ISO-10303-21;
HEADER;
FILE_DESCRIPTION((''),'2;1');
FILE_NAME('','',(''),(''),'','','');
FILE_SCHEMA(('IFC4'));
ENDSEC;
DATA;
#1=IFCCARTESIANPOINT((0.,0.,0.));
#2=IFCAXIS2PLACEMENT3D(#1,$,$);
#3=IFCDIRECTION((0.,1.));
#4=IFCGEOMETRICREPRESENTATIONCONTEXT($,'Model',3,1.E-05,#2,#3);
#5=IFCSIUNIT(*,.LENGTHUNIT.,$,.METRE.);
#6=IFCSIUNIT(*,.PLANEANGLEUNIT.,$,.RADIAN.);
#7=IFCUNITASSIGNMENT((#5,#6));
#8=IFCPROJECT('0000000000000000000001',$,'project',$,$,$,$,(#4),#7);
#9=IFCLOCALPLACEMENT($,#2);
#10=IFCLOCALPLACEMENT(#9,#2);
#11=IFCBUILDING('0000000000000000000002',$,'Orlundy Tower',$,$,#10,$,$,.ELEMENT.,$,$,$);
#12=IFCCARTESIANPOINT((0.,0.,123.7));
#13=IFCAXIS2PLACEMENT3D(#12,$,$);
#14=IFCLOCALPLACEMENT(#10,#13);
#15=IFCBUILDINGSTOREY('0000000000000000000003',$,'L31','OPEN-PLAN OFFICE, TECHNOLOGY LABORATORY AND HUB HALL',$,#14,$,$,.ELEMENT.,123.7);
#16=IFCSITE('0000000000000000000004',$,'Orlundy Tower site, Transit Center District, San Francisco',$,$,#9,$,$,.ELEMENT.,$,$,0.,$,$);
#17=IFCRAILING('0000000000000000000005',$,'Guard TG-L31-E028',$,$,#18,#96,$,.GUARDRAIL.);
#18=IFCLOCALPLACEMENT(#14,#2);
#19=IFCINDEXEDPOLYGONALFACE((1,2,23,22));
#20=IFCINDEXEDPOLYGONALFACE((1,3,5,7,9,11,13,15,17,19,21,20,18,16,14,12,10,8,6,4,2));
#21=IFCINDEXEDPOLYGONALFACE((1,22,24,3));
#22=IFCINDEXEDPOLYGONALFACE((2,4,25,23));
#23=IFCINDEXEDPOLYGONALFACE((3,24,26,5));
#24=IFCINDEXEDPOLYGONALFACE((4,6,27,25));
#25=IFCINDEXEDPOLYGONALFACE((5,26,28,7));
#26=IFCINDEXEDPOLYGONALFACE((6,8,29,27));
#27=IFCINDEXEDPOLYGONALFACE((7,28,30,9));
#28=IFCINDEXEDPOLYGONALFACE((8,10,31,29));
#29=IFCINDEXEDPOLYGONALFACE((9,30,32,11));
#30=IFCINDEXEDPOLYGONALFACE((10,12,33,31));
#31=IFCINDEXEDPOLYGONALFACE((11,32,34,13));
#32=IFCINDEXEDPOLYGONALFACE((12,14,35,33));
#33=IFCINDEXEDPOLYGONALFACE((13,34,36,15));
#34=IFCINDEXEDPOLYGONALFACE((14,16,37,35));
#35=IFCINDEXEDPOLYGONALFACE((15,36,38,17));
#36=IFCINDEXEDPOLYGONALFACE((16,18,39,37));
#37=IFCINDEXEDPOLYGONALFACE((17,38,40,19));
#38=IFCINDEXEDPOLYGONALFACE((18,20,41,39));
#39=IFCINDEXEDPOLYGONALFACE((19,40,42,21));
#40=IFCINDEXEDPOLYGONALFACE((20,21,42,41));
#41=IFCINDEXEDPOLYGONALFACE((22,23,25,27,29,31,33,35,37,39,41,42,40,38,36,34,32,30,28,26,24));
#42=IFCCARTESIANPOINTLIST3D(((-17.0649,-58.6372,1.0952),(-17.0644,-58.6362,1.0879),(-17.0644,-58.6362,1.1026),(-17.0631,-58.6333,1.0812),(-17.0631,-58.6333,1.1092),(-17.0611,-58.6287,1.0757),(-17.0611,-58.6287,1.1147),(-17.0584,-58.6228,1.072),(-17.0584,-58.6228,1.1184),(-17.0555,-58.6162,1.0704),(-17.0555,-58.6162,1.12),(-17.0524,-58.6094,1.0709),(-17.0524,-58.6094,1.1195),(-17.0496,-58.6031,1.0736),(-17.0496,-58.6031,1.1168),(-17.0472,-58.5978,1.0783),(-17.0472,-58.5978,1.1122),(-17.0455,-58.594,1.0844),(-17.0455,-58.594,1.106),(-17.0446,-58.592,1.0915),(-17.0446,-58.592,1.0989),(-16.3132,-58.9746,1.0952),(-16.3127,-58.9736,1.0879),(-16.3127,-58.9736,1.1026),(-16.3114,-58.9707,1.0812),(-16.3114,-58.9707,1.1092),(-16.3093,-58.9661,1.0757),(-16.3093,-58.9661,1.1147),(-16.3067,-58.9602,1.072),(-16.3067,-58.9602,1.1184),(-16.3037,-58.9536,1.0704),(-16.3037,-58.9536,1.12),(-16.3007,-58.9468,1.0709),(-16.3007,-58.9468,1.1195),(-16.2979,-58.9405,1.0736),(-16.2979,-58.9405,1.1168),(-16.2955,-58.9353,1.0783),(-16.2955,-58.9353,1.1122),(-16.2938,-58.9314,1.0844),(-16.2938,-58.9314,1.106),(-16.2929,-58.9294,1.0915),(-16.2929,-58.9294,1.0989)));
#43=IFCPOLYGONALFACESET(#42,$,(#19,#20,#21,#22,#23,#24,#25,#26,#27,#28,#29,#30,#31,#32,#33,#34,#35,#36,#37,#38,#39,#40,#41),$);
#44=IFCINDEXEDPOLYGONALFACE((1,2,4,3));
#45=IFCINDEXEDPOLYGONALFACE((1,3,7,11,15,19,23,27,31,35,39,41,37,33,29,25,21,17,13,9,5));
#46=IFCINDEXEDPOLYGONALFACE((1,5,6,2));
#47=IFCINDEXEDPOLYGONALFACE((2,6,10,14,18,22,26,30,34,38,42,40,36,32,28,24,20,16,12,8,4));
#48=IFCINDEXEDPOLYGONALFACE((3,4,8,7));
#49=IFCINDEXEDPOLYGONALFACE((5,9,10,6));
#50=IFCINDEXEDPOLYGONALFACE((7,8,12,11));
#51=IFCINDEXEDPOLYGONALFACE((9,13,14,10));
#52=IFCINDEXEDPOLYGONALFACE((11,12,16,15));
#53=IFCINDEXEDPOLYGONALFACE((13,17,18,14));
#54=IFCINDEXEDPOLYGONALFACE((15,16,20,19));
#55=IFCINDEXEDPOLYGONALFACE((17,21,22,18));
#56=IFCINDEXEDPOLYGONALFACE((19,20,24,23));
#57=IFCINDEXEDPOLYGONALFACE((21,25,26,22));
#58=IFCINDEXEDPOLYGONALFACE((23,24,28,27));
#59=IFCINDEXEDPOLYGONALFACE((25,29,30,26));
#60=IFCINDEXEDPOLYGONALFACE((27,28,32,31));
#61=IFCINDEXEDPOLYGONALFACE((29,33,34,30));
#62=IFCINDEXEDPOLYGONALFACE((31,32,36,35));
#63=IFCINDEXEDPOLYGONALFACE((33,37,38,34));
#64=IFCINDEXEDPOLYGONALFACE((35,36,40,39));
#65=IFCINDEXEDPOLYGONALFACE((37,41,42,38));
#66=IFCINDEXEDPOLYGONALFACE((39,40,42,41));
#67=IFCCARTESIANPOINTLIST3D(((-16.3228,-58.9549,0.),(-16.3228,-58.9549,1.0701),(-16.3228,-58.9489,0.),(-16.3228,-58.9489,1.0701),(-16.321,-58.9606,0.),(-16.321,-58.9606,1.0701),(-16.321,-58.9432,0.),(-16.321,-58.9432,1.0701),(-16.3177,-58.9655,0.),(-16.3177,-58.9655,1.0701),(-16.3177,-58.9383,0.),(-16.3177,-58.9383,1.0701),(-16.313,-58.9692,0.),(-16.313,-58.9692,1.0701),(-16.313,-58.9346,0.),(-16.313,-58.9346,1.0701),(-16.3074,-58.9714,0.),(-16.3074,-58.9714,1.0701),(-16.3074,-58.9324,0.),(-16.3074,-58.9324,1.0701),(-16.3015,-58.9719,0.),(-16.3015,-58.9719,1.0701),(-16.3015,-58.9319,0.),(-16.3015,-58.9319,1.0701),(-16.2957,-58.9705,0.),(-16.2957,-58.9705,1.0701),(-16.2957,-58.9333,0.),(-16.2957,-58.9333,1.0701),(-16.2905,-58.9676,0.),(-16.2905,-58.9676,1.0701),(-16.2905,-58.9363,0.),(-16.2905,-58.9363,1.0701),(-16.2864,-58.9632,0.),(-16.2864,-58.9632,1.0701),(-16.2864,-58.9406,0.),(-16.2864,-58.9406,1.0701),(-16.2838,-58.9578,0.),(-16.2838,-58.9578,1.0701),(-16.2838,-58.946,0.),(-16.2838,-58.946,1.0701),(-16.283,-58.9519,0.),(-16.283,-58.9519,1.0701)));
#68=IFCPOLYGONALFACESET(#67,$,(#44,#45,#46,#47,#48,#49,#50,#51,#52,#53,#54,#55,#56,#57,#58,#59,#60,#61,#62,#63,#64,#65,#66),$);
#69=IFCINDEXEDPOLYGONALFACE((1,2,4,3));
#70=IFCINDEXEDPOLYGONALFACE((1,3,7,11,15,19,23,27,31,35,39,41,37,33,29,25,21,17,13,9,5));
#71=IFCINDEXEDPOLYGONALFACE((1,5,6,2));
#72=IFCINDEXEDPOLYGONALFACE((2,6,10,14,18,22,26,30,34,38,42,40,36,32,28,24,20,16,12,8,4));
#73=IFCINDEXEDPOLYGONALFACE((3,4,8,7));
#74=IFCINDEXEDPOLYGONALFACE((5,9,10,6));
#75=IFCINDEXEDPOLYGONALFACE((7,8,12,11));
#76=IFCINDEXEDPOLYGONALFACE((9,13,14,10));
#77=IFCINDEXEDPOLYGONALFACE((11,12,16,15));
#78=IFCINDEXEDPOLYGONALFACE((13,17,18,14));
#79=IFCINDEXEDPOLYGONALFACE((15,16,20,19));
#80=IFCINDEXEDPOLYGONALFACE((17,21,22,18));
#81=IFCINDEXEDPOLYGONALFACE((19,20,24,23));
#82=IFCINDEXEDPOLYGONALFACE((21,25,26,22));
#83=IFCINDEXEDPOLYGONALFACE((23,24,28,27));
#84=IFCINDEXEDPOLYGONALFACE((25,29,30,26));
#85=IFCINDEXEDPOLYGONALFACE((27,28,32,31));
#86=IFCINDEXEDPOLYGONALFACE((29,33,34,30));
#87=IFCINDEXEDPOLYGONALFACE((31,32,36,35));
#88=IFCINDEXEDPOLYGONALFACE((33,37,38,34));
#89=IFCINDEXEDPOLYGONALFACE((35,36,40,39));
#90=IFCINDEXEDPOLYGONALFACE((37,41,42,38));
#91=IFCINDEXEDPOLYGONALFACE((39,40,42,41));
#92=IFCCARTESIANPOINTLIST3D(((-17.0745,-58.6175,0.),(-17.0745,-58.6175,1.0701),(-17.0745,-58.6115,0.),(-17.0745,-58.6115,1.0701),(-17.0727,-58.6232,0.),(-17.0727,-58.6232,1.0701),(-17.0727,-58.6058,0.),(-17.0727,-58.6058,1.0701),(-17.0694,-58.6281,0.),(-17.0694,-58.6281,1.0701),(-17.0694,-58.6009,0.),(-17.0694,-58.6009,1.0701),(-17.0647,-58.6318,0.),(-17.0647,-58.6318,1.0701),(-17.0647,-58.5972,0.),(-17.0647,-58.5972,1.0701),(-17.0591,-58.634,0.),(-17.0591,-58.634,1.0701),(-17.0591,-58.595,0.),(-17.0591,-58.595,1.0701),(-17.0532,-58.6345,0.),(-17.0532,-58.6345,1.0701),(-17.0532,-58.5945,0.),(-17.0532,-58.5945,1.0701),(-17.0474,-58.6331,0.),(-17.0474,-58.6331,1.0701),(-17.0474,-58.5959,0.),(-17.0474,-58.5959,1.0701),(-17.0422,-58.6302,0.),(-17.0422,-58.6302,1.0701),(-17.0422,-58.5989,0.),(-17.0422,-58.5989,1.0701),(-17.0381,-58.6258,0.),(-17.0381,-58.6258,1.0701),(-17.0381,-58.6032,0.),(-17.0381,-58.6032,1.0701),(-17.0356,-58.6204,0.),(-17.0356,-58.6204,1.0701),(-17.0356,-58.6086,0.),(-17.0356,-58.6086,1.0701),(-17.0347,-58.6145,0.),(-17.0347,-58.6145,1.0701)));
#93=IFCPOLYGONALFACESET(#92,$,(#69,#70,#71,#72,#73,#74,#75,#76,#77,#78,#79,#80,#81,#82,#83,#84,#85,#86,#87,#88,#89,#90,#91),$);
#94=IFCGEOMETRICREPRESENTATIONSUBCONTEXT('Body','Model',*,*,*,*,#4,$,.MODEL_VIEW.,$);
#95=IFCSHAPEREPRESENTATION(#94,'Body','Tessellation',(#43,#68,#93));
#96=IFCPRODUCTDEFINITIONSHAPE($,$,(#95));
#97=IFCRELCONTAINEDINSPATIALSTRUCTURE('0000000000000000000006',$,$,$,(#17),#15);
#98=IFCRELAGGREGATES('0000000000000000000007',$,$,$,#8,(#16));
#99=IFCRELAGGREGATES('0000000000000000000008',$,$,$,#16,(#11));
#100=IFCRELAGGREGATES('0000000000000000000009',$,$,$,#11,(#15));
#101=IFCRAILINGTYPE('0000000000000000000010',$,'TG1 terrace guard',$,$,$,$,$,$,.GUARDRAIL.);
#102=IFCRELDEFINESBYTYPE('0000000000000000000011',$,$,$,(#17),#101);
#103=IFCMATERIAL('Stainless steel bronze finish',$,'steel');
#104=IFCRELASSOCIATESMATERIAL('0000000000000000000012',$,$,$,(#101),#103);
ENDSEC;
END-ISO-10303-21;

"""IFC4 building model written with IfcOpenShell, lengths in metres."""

from ifc_helpers import new_model, si_unit, direction, frame, origin, origin_2d, place, context, subcontext, project, spatial, circle, extrude, material, type_object, element, save


model = new_model("IFC4")

# Units and contexts
model_context = context("Model", 3, precision=1e-05, world=origin(), true_north=direction((0.0, 1.0)))
body_context = subcontext(model_context, "Body", "Model", "MODEL_VIEW")
ifc_project = project(units=[si_unit("LENGTHUNIT", "METRE"), si_unit("PLANEANGLEUNIT", "RADIAN")], contexts=[model_context])

# Site, building, storey
site_placement = place(None, origin())
site = spatial("IfcSite", under=ifc_project, at=site_placement, Name="Orlundy Tower site, Transit Center District, San Francisco", CompositionType="ELEMENT", RefElevation=0.0)
building_placement = place(site_placement, origin())
building = spatial("IfcBuilding", under=site, at=building_placement, Name="Orlundy Tower", CompositionType="ELEMENT")
storey_placement = place(building_placement, frame((0.0, 0.0, 123.7)))
storey = spatial("IfcBuildingStorey", under=building, at=storey_placement, Name="L31", Description="OPEN-PLAN OFFICE, TECHNOLOGY LABORATORY AND HUB HALL", CompositionType="ELEMENT", Elevation=123.7)

# Railing
ifc_material_1 = material(Name="Stainless steel bronze finish", Category="steel")
railing_type = type_object("IfcRailingType", Name="TG1 terrace guard", PredefinedType="GUARDRAIL", material=ifc_material_1)
railing_1_placement = place(storey_placement, frame((-16.303, -58.9519, 0.0)))
element("IfcRailing", 1, at=railing_1_placement, inside=storey, type_object=railing_type, Name="Guard TG-L31-E028", PredefinedType="GUARDRAIL", context=body_context, shape_type="SweptSolid", body=[
    extrude(circle(Radius=0.0249, at=origin_2d()), frame((0.0, 0.0, 1.0952), z_axis=(-0.912315, 0.40949, 0.0), x_axis=(-0.40949, -0.912315, 0.0)), (0.0, 0.0, 1.0), 0.824),
    extrude(circle(Radius=0.02, at=origin_2d()), origin(), (0.0, 0.0, 1.0), 1.0701),
    extrude(circle(Radius=0.02, at=origin_2d()), frame((-0.7517, 0.3374, 0.0)), (0.0, 0.0, 1.0), 1.0701),
])

save(model, "model.ifc")
